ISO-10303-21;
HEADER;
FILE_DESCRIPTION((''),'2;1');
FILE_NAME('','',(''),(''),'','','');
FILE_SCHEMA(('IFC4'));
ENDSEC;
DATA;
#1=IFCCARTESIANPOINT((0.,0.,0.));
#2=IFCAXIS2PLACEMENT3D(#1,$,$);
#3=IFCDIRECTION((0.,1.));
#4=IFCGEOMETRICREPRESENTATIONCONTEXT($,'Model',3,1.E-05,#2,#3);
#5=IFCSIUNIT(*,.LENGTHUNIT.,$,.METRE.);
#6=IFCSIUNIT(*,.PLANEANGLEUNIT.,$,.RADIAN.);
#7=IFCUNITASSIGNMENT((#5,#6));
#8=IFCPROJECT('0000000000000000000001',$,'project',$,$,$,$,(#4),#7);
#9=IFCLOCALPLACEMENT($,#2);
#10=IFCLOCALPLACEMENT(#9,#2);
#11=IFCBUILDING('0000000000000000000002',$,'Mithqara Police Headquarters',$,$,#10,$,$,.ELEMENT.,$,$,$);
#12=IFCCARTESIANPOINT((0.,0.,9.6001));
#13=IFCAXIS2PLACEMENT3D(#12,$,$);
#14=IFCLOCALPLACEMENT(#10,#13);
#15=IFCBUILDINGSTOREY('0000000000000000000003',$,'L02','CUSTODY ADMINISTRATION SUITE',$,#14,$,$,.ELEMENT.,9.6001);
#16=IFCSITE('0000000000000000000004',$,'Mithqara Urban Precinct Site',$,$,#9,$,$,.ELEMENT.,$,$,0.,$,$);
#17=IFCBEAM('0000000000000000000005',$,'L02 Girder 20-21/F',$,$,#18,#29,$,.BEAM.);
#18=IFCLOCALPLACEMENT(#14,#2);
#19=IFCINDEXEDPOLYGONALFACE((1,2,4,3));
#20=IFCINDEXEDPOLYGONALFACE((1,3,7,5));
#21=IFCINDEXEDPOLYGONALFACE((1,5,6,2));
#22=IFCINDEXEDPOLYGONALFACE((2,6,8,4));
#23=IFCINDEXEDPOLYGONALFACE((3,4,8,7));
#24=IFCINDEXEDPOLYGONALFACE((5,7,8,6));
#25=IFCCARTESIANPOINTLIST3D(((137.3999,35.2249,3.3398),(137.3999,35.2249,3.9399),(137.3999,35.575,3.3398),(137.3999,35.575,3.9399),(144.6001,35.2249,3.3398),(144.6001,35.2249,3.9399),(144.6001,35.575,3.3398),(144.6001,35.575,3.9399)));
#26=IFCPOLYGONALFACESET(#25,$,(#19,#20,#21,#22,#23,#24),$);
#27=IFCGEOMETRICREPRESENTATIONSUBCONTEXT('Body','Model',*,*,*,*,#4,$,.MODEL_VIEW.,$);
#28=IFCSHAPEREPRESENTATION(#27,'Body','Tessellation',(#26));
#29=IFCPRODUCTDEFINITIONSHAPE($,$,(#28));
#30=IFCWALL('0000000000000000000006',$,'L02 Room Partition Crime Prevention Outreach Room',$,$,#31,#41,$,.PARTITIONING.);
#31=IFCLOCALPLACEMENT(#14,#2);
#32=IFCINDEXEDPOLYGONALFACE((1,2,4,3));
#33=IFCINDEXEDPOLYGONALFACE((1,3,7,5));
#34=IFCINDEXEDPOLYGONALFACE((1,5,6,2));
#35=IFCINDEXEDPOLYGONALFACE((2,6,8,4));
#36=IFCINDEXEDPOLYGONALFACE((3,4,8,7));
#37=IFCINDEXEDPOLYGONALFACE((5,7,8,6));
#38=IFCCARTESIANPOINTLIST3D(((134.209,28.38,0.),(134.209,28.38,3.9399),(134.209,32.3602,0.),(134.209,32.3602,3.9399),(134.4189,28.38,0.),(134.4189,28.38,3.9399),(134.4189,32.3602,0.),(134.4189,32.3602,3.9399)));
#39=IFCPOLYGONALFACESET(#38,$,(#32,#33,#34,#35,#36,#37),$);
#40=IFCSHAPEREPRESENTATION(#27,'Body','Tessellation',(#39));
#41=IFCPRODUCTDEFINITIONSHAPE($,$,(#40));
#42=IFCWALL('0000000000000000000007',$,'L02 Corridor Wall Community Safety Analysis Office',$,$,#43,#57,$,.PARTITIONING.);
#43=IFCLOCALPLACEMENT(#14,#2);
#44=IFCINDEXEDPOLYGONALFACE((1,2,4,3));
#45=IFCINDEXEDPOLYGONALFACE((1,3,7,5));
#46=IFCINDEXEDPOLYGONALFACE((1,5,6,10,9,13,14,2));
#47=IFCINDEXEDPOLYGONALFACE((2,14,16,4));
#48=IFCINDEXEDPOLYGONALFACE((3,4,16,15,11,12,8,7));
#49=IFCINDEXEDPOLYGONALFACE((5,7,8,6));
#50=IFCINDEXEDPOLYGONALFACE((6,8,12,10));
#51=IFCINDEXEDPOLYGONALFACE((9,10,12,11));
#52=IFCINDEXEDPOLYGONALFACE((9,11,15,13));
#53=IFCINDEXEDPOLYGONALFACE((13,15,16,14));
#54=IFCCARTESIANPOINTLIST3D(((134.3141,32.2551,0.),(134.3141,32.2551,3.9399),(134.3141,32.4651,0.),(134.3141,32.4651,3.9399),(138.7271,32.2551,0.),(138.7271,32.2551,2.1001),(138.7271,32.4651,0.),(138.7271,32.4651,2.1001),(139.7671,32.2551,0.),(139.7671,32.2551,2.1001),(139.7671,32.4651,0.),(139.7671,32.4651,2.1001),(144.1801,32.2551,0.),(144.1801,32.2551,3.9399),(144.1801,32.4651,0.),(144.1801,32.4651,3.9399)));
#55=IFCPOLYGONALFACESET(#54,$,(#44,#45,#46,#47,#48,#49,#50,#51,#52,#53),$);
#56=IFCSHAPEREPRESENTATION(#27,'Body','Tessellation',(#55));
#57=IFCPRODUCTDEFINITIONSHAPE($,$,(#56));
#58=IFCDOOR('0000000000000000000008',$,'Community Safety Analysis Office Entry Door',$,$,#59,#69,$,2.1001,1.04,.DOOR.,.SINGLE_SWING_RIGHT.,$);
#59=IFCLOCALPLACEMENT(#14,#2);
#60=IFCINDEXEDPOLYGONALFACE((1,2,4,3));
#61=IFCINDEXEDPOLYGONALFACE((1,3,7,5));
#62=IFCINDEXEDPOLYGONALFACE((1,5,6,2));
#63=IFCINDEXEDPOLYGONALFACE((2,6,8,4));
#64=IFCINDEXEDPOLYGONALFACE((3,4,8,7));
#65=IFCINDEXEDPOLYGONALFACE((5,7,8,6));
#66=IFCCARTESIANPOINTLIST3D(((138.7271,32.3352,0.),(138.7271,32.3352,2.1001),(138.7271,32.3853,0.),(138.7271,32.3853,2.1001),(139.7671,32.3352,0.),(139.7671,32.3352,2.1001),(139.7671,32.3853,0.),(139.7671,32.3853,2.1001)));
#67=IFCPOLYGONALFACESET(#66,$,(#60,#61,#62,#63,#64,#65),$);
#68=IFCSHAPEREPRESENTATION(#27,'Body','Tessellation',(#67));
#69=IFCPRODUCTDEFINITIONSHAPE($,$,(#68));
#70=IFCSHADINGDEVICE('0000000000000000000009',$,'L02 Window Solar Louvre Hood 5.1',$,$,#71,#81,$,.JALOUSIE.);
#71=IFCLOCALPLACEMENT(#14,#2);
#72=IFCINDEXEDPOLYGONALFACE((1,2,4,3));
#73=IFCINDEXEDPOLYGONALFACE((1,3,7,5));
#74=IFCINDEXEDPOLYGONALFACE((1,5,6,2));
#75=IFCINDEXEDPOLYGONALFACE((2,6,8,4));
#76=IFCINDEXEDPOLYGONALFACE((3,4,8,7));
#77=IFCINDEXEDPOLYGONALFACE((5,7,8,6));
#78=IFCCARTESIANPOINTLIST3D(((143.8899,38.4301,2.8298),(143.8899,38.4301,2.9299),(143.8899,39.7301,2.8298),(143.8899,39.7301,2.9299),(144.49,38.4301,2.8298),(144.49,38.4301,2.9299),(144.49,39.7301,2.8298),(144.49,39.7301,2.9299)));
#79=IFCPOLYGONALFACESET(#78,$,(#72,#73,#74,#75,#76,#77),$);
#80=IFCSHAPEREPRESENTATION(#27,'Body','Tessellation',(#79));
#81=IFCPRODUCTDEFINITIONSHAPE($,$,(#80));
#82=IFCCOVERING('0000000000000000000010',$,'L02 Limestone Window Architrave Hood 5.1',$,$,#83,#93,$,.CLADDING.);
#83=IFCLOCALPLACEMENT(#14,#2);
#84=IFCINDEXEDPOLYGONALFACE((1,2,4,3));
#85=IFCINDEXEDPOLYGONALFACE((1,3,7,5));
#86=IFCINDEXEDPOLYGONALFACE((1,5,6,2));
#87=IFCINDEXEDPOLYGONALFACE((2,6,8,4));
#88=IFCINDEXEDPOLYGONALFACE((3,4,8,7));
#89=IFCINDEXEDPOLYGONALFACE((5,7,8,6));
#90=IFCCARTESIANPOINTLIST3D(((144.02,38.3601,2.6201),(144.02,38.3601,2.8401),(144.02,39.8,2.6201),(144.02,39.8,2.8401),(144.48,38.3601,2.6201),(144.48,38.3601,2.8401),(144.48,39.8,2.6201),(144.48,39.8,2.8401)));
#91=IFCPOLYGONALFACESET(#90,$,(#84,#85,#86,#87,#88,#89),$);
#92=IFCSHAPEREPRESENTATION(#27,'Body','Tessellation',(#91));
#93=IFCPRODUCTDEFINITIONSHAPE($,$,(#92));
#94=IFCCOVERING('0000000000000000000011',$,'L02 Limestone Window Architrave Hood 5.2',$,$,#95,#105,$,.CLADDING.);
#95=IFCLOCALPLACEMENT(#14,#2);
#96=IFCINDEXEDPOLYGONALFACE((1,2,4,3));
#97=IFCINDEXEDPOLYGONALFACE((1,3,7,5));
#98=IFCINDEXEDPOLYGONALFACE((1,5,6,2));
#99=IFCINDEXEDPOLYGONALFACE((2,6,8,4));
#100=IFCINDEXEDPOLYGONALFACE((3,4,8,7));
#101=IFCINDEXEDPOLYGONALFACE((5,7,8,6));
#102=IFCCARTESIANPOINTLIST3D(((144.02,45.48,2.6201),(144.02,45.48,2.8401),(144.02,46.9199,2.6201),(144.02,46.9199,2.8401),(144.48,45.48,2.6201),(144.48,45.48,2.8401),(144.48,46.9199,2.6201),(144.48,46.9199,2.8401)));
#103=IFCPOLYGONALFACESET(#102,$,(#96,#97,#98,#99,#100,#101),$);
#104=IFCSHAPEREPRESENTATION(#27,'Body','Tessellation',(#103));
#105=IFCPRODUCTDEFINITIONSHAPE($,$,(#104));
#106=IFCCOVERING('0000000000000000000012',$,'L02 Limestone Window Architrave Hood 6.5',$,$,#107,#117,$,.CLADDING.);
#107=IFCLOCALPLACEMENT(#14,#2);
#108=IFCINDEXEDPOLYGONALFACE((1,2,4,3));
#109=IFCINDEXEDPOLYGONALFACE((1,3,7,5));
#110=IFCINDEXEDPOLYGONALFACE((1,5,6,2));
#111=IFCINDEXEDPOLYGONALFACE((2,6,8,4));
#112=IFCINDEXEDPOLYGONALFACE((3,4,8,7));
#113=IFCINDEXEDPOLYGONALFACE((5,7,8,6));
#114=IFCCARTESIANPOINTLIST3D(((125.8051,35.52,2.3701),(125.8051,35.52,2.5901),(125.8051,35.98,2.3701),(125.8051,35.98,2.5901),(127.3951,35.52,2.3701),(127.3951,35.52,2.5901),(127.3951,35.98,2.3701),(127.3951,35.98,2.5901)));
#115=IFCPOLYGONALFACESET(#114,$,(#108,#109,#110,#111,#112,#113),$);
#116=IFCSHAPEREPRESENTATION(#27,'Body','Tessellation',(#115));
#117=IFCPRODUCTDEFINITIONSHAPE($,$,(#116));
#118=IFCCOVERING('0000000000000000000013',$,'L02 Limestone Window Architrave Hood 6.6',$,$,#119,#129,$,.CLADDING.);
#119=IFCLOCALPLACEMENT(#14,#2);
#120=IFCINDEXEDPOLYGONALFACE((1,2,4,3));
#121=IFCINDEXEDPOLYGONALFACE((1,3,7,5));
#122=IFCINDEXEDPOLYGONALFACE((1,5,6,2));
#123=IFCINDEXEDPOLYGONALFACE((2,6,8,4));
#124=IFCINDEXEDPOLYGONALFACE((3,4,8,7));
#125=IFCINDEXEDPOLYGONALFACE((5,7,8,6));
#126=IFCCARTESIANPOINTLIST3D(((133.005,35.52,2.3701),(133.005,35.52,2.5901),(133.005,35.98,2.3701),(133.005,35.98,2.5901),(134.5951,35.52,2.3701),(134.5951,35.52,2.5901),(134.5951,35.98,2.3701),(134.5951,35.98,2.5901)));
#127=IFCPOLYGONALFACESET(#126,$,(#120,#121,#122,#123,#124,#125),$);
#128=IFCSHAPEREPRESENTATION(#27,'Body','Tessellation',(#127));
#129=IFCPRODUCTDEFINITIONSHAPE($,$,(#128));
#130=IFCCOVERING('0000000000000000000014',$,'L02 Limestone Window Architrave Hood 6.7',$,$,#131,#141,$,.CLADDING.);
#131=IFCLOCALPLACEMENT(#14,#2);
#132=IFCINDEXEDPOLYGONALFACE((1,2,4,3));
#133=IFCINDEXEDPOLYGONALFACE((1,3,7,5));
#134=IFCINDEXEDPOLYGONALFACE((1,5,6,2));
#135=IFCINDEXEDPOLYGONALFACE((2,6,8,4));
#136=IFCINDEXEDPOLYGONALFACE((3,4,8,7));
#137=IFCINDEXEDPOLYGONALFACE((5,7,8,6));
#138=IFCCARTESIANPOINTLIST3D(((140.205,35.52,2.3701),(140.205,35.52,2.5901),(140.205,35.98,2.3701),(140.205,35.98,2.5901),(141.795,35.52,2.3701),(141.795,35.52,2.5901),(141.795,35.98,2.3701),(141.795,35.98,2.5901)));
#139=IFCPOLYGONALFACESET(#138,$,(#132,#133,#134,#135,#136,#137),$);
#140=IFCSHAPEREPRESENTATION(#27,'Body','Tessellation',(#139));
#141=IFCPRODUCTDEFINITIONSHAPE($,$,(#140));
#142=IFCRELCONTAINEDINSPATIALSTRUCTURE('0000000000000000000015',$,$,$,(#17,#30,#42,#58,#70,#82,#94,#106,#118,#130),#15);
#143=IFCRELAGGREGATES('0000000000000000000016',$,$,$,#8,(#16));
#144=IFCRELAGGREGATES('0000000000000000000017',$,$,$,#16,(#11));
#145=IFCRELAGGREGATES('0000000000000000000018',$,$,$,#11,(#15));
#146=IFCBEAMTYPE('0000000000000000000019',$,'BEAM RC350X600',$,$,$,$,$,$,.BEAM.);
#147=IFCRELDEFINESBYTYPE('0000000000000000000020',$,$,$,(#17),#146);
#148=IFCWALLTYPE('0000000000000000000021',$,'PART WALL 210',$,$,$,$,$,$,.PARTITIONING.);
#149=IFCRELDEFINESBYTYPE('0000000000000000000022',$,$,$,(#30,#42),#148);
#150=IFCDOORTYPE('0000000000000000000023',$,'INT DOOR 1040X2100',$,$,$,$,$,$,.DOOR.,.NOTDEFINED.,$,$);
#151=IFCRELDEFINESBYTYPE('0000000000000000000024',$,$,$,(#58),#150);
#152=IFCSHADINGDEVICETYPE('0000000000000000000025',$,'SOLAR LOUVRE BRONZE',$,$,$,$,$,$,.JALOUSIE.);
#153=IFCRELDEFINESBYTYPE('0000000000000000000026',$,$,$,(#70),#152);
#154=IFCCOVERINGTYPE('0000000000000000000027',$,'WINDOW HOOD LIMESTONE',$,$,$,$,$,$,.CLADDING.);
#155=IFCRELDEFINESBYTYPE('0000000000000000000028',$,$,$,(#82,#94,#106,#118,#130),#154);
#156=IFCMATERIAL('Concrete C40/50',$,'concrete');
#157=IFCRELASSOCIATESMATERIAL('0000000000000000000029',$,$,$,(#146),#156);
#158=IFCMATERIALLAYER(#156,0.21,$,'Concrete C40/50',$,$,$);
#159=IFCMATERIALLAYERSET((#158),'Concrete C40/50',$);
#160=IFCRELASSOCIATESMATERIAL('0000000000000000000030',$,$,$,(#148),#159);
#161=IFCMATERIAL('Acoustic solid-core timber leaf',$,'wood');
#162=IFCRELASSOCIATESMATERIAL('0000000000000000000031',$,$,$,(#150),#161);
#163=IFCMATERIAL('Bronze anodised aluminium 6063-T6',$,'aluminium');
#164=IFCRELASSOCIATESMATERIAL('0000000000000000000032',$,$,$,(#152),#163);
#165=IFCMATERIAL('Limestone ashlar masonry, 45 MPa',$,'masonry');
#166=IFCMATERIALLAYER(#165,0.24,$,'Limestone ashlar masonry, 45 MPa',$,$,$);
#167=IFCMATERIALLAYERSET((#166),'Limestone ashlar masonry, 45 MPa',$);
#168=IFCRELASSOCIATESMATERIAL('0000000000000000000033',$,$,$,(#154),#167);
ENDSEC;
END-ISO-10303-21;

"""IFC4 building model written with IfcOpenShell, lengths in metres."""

from ifc_helpers import new_model, si_unit, direction, frame, frame_2d, origin, origin_2d, place, context, subcontext, project, spatial, rectangle, extrude, material, layer, layer_set, material_profile, profile_set, type_object, element, fill, save


model = new_model("IFC4")

# Units and contexts
model_context = context("Model", 3, precision=1e-05, world=origin(), true_north=direction((0.0, 1.0)))
body_context = subcontext(model_context, "Body", "Model", "MODEL_VIEW")
ifc_project = project(units=[si_unit("LENGTHUNIT", "METRE"), si_unit("PLANEANGLEUNIT", "RADIAN")], contexts=[model_context])

# Site, building, storey
site_placement = place(None, origin())
site = spatial("IfcSite", under=ifc_project, at=site_placement, Name="Mithqara Urban Precinct Site", CompositionType="ELEMENT", RefElevation=0.0)
building_placement = place(site_placement, origin())
building = spatial("IfcBuilding", under=site, at=building_placement, Name="Mithqara Police Headquarters", CompositionType="ELEMENT")
storey_placement = place(building_placement, frame((0.0, 0.0, 9.6001)))
storey = spatial("IfcBuildingStorey", under=building, at=storey_placement, Name="L02", Description="CUSTODY ADMINISTRATION SUITE", CompositionType="ELEMENT", Elevation=9.6001)

# Beam
ifc_material_1 = material(Name="Concrete C40/50", Category="concrete")
ifc_material_profile_1 = material_profile(ifc_material_1, rectangle(XDim=0.3501, YDim=0.6001, at=origin_2d()), Name="RC 350x600")
ifc_profile_set_1 = profile_set([ifc_material_profile_1], Name="Concrete C40/50")
beam_type_1 = type_object("IfcBeamType", Name="BEAM RC350X600", PredefinedType="BEAM", material=ifc_profile_set_1)
beam_1_placement = place(storey_placement, frame((137.3999, 35.3999, 3.6399), z_axis=(1.0, 0.0, 0.0), x_axis=(0.0, 1.0, 0.0)))
element("IfcBeam", 1, at=beam_1_placement, inside=storey, type_object=beam_type_1, Name="L02 Girder 20-21/F", PredefinedType="BEAM", context=body_context, shape_type="SweptSolid", body=[
    extrude(rectangle(XDim=0.3501, YDim=0.6001, at=origin_2d()), origin(), (0.0, 0.0, 1.0), 7.2002),
])

# Wall
ifc_layer_1 = layer(ifc_material_1, 0.21, Name="Concrete C40/50")
ifc_layer_set_1 = layer_set([ifc_layer_1], Name="Concrete C40/50")
wall_type = type_object("IfcWallType", Name="PART WALL 210", PredefinedType="PARTITIONING", material=ifc_layer_set_1)
wall_1_placement = place(storey_placement, frame((134.314, 28.3799, 0.0), z_axis=(0.0, 0.0, 1.0), x_axis=(0.0, 1.0, 0.0)))
element("IfcWall", 2, at=wall_1_placement, inside=storey, type_object=wall_type, Name="L02 Room Partition Crime Prevention Outreach Room", PredefinedType="PARTITIONING", context=body_context, shape_type="SweptSolid", body=[
    extrude(rectangle(XDim=3.9802, YDim=0.21, at=frame_2d((1.9902, 0.0))), origin(), (0.0, 0.0, 1.0), 3.9399),
])

# Wall, opening, door
wall_2_placement = place(storey_placement, frame((134.314, 32.3601, 0.0), z_axis=(0.0, 0.0, 1.0), x_axis=(1.0, 0.0, 0.0)))
wall_2 = element("IfcWall", 3, at=wall_2_placement, inside=storey, type_object=wall_type, Name="L02 Corridor Wall Community Safety Analysis Office", PredefinedType="PARTITIONING", context=body_context, shape_type="SweptSolid", body=[
    extrude(rectangle(XDim=9.866, YDim=0.21, at=frame_2d((4.9331, 0.0))), origin(), (0.0, 0.0, 1.0), 3.9399),
])
opening_placement = place(wall_2_placement, frame((4.4131, 0.0, 0.0)))
opening = element("IfcOpeningElement", 4, at=opening_placement, cuts=wall_2, PredefinedType="OPENING", context=body_context, shape_type="SweptSolid", body=[
    extrude(rectangle(XDim=1.04, YDim=2.1001, at=frame_2d((0.52, 1.05))), frame((0.0, 0.115, 0.0), z_axis=(0.0, -1.0, 0.0), x_axis=(1.0, 0.0, 0.0)), (0.0, 0.0, 1.0), 0.23),
])
ifc_material_2 = material(Name="Acoustic solid-core timber leaf", Category="wood")
door_type = type_object("IfcDoorType", Name="INT DOOR 1040X2100", OperationType="NOTDEFINED", PredefinedType="DOOR", material=ifc_material_2)
door_placement = place(opening_placement, frame((1.04, 0.0, 0.0), z_axis=(0.0, 0.0, 1.0), x_axis=(-1.0, 0.0, 0.0)))
door = element("IfcDoor", 5, at=door_placement, inside=storey, type_object=door_type, Name="Community Safety Analysis Office Entry Door", OperationType="SINGLE_SWING_RIGHT", OverallHeight=2.1001, OverallWidth=1.04, PredefinedType="DOOR", context=body_context, shape_type="SweptSolid", body=[
    extrude(rectangle(XDim=1.04, YDim=2.1001, at=frame_2d((0.52, 1.05))), frame((0.0, 0.0249, 0.0), z_axis=(0.0, -1.0, 0.0), x_axis=(1.0, 0.0, 0.0)), (0.0, 0.0, 1.0), 0.05),
])
fill(opening, door)

# Shading device
ifc_material_3 = material(Name="Bronze anodised aluminium 6063-T6", Category="aluminium")
shading_device_type = type_object("IfcShadingDeviceType", Name="SOLAR LOUVRE BRONZE", PredefinedType="JALOUSIE", material=ifc_material_3)
shading_device_placement = place(storey_placement, frame((144.1899, 39.0801, 2.8298), z_axis=(0.0, 0.0, 1.0), x_axis=(0.0, 1.0, 0.0)))
element("IfcShadingDevice", 6, at=shading_device_placement, inside=storey, type_object=shading_device_type, Name="L02 Window Solar Louvre Hood 5.1", PredefinedType="JALOUSIE", context=body_context, shape_type="SweptSolid", body=[
    extrude(rectangle(XDim=1.3, YDim=0.6001, at=origin_2d()), origin(), (0.0, 0.0, 1.0), 0.1001),
])

# Coverings
ifc_material_4 = material(Name="Limestone ashlar masonry, 45 MPa", Category="masonry")
ifc_layer_2 = layer(ifc_material_4, 0.24, Name="Limestone ashlar masonry, 45 MPa")
ifc_layer_set_2 = layer_set([ifc_layer_2], Name="Limestone ashlar masonry, 45 MPa")
covering_type = type_object("IfcCoveringType", Name="WINDOW HOOD LIMESTONE", PredefinedType="CLADDING", material=ifc_layer_set_2)
for number, where, z_axis, x_axis, name in (
    (7, (144.25, 39.0801, 2.6201), (0.0, 0.0, 1.0), (0.0, 1.0, 0.0), "L02 Limestone Window Architrave Hood 5.1"),
    (8, (144.25, 46.2, 2.6201), (0.0, 0.0, 1.0), (0.0, 1.0, 0.0), "L02 Limestone Window Architrave Hood 5.2"),
):
    element("IfcCovering", number, at=place(storey_placement, frame(where, z_axis=z_axis, x_axis=x_axis)), inside=storey, type_object=covering_type, Name=name, PredefinedType="CLADDING", context=body_context, shape_type="SweptSolid", body=[
        extrude(rectangle(XDim=1.4399, YDim=0.46, at=origin_2d()), origin(), (0.0, 0.0, 1.0), 0.22),
    ])
for number, where, z_axis, x_axis, name in (
    (9, (126.6001, 35.75, 2.3701), (0.0, 0.0, 1.0), (1.0, 0.0, 0.0), "L02 Limestone Window Architrave Hood 6.5"),
    (10, (133.8, 35.75, 2.3701), (0.0, 0.0, 1.0), (1.0, 0.0, 0.0), "L02 Limestone Window Architrave Hood 6.6"),
    (11, (141.0, 35.75, 2.3701), (0.0, 0.0, 1.0), (1.0, 0.0, 0.0), "L02 Limestone Window Architrave Hood 6.7"),
):
    element("IfcCovering", number, at=place(storey_placement, frame(where, z_axis=z_axis, x_axis=x_axis)), inside=storey, type_object=covering_type, Name=name, PredefinedType="CLADDING", context=body_context, shape_type="SweptSolid", body=[
        extrude(rectangle(XDim=1.5901, YDim=0.46, at=origin_2d()), origin(), (0.0, 0.0, 1.0), 0.22),
    ])

save(model, "model.ifc")
